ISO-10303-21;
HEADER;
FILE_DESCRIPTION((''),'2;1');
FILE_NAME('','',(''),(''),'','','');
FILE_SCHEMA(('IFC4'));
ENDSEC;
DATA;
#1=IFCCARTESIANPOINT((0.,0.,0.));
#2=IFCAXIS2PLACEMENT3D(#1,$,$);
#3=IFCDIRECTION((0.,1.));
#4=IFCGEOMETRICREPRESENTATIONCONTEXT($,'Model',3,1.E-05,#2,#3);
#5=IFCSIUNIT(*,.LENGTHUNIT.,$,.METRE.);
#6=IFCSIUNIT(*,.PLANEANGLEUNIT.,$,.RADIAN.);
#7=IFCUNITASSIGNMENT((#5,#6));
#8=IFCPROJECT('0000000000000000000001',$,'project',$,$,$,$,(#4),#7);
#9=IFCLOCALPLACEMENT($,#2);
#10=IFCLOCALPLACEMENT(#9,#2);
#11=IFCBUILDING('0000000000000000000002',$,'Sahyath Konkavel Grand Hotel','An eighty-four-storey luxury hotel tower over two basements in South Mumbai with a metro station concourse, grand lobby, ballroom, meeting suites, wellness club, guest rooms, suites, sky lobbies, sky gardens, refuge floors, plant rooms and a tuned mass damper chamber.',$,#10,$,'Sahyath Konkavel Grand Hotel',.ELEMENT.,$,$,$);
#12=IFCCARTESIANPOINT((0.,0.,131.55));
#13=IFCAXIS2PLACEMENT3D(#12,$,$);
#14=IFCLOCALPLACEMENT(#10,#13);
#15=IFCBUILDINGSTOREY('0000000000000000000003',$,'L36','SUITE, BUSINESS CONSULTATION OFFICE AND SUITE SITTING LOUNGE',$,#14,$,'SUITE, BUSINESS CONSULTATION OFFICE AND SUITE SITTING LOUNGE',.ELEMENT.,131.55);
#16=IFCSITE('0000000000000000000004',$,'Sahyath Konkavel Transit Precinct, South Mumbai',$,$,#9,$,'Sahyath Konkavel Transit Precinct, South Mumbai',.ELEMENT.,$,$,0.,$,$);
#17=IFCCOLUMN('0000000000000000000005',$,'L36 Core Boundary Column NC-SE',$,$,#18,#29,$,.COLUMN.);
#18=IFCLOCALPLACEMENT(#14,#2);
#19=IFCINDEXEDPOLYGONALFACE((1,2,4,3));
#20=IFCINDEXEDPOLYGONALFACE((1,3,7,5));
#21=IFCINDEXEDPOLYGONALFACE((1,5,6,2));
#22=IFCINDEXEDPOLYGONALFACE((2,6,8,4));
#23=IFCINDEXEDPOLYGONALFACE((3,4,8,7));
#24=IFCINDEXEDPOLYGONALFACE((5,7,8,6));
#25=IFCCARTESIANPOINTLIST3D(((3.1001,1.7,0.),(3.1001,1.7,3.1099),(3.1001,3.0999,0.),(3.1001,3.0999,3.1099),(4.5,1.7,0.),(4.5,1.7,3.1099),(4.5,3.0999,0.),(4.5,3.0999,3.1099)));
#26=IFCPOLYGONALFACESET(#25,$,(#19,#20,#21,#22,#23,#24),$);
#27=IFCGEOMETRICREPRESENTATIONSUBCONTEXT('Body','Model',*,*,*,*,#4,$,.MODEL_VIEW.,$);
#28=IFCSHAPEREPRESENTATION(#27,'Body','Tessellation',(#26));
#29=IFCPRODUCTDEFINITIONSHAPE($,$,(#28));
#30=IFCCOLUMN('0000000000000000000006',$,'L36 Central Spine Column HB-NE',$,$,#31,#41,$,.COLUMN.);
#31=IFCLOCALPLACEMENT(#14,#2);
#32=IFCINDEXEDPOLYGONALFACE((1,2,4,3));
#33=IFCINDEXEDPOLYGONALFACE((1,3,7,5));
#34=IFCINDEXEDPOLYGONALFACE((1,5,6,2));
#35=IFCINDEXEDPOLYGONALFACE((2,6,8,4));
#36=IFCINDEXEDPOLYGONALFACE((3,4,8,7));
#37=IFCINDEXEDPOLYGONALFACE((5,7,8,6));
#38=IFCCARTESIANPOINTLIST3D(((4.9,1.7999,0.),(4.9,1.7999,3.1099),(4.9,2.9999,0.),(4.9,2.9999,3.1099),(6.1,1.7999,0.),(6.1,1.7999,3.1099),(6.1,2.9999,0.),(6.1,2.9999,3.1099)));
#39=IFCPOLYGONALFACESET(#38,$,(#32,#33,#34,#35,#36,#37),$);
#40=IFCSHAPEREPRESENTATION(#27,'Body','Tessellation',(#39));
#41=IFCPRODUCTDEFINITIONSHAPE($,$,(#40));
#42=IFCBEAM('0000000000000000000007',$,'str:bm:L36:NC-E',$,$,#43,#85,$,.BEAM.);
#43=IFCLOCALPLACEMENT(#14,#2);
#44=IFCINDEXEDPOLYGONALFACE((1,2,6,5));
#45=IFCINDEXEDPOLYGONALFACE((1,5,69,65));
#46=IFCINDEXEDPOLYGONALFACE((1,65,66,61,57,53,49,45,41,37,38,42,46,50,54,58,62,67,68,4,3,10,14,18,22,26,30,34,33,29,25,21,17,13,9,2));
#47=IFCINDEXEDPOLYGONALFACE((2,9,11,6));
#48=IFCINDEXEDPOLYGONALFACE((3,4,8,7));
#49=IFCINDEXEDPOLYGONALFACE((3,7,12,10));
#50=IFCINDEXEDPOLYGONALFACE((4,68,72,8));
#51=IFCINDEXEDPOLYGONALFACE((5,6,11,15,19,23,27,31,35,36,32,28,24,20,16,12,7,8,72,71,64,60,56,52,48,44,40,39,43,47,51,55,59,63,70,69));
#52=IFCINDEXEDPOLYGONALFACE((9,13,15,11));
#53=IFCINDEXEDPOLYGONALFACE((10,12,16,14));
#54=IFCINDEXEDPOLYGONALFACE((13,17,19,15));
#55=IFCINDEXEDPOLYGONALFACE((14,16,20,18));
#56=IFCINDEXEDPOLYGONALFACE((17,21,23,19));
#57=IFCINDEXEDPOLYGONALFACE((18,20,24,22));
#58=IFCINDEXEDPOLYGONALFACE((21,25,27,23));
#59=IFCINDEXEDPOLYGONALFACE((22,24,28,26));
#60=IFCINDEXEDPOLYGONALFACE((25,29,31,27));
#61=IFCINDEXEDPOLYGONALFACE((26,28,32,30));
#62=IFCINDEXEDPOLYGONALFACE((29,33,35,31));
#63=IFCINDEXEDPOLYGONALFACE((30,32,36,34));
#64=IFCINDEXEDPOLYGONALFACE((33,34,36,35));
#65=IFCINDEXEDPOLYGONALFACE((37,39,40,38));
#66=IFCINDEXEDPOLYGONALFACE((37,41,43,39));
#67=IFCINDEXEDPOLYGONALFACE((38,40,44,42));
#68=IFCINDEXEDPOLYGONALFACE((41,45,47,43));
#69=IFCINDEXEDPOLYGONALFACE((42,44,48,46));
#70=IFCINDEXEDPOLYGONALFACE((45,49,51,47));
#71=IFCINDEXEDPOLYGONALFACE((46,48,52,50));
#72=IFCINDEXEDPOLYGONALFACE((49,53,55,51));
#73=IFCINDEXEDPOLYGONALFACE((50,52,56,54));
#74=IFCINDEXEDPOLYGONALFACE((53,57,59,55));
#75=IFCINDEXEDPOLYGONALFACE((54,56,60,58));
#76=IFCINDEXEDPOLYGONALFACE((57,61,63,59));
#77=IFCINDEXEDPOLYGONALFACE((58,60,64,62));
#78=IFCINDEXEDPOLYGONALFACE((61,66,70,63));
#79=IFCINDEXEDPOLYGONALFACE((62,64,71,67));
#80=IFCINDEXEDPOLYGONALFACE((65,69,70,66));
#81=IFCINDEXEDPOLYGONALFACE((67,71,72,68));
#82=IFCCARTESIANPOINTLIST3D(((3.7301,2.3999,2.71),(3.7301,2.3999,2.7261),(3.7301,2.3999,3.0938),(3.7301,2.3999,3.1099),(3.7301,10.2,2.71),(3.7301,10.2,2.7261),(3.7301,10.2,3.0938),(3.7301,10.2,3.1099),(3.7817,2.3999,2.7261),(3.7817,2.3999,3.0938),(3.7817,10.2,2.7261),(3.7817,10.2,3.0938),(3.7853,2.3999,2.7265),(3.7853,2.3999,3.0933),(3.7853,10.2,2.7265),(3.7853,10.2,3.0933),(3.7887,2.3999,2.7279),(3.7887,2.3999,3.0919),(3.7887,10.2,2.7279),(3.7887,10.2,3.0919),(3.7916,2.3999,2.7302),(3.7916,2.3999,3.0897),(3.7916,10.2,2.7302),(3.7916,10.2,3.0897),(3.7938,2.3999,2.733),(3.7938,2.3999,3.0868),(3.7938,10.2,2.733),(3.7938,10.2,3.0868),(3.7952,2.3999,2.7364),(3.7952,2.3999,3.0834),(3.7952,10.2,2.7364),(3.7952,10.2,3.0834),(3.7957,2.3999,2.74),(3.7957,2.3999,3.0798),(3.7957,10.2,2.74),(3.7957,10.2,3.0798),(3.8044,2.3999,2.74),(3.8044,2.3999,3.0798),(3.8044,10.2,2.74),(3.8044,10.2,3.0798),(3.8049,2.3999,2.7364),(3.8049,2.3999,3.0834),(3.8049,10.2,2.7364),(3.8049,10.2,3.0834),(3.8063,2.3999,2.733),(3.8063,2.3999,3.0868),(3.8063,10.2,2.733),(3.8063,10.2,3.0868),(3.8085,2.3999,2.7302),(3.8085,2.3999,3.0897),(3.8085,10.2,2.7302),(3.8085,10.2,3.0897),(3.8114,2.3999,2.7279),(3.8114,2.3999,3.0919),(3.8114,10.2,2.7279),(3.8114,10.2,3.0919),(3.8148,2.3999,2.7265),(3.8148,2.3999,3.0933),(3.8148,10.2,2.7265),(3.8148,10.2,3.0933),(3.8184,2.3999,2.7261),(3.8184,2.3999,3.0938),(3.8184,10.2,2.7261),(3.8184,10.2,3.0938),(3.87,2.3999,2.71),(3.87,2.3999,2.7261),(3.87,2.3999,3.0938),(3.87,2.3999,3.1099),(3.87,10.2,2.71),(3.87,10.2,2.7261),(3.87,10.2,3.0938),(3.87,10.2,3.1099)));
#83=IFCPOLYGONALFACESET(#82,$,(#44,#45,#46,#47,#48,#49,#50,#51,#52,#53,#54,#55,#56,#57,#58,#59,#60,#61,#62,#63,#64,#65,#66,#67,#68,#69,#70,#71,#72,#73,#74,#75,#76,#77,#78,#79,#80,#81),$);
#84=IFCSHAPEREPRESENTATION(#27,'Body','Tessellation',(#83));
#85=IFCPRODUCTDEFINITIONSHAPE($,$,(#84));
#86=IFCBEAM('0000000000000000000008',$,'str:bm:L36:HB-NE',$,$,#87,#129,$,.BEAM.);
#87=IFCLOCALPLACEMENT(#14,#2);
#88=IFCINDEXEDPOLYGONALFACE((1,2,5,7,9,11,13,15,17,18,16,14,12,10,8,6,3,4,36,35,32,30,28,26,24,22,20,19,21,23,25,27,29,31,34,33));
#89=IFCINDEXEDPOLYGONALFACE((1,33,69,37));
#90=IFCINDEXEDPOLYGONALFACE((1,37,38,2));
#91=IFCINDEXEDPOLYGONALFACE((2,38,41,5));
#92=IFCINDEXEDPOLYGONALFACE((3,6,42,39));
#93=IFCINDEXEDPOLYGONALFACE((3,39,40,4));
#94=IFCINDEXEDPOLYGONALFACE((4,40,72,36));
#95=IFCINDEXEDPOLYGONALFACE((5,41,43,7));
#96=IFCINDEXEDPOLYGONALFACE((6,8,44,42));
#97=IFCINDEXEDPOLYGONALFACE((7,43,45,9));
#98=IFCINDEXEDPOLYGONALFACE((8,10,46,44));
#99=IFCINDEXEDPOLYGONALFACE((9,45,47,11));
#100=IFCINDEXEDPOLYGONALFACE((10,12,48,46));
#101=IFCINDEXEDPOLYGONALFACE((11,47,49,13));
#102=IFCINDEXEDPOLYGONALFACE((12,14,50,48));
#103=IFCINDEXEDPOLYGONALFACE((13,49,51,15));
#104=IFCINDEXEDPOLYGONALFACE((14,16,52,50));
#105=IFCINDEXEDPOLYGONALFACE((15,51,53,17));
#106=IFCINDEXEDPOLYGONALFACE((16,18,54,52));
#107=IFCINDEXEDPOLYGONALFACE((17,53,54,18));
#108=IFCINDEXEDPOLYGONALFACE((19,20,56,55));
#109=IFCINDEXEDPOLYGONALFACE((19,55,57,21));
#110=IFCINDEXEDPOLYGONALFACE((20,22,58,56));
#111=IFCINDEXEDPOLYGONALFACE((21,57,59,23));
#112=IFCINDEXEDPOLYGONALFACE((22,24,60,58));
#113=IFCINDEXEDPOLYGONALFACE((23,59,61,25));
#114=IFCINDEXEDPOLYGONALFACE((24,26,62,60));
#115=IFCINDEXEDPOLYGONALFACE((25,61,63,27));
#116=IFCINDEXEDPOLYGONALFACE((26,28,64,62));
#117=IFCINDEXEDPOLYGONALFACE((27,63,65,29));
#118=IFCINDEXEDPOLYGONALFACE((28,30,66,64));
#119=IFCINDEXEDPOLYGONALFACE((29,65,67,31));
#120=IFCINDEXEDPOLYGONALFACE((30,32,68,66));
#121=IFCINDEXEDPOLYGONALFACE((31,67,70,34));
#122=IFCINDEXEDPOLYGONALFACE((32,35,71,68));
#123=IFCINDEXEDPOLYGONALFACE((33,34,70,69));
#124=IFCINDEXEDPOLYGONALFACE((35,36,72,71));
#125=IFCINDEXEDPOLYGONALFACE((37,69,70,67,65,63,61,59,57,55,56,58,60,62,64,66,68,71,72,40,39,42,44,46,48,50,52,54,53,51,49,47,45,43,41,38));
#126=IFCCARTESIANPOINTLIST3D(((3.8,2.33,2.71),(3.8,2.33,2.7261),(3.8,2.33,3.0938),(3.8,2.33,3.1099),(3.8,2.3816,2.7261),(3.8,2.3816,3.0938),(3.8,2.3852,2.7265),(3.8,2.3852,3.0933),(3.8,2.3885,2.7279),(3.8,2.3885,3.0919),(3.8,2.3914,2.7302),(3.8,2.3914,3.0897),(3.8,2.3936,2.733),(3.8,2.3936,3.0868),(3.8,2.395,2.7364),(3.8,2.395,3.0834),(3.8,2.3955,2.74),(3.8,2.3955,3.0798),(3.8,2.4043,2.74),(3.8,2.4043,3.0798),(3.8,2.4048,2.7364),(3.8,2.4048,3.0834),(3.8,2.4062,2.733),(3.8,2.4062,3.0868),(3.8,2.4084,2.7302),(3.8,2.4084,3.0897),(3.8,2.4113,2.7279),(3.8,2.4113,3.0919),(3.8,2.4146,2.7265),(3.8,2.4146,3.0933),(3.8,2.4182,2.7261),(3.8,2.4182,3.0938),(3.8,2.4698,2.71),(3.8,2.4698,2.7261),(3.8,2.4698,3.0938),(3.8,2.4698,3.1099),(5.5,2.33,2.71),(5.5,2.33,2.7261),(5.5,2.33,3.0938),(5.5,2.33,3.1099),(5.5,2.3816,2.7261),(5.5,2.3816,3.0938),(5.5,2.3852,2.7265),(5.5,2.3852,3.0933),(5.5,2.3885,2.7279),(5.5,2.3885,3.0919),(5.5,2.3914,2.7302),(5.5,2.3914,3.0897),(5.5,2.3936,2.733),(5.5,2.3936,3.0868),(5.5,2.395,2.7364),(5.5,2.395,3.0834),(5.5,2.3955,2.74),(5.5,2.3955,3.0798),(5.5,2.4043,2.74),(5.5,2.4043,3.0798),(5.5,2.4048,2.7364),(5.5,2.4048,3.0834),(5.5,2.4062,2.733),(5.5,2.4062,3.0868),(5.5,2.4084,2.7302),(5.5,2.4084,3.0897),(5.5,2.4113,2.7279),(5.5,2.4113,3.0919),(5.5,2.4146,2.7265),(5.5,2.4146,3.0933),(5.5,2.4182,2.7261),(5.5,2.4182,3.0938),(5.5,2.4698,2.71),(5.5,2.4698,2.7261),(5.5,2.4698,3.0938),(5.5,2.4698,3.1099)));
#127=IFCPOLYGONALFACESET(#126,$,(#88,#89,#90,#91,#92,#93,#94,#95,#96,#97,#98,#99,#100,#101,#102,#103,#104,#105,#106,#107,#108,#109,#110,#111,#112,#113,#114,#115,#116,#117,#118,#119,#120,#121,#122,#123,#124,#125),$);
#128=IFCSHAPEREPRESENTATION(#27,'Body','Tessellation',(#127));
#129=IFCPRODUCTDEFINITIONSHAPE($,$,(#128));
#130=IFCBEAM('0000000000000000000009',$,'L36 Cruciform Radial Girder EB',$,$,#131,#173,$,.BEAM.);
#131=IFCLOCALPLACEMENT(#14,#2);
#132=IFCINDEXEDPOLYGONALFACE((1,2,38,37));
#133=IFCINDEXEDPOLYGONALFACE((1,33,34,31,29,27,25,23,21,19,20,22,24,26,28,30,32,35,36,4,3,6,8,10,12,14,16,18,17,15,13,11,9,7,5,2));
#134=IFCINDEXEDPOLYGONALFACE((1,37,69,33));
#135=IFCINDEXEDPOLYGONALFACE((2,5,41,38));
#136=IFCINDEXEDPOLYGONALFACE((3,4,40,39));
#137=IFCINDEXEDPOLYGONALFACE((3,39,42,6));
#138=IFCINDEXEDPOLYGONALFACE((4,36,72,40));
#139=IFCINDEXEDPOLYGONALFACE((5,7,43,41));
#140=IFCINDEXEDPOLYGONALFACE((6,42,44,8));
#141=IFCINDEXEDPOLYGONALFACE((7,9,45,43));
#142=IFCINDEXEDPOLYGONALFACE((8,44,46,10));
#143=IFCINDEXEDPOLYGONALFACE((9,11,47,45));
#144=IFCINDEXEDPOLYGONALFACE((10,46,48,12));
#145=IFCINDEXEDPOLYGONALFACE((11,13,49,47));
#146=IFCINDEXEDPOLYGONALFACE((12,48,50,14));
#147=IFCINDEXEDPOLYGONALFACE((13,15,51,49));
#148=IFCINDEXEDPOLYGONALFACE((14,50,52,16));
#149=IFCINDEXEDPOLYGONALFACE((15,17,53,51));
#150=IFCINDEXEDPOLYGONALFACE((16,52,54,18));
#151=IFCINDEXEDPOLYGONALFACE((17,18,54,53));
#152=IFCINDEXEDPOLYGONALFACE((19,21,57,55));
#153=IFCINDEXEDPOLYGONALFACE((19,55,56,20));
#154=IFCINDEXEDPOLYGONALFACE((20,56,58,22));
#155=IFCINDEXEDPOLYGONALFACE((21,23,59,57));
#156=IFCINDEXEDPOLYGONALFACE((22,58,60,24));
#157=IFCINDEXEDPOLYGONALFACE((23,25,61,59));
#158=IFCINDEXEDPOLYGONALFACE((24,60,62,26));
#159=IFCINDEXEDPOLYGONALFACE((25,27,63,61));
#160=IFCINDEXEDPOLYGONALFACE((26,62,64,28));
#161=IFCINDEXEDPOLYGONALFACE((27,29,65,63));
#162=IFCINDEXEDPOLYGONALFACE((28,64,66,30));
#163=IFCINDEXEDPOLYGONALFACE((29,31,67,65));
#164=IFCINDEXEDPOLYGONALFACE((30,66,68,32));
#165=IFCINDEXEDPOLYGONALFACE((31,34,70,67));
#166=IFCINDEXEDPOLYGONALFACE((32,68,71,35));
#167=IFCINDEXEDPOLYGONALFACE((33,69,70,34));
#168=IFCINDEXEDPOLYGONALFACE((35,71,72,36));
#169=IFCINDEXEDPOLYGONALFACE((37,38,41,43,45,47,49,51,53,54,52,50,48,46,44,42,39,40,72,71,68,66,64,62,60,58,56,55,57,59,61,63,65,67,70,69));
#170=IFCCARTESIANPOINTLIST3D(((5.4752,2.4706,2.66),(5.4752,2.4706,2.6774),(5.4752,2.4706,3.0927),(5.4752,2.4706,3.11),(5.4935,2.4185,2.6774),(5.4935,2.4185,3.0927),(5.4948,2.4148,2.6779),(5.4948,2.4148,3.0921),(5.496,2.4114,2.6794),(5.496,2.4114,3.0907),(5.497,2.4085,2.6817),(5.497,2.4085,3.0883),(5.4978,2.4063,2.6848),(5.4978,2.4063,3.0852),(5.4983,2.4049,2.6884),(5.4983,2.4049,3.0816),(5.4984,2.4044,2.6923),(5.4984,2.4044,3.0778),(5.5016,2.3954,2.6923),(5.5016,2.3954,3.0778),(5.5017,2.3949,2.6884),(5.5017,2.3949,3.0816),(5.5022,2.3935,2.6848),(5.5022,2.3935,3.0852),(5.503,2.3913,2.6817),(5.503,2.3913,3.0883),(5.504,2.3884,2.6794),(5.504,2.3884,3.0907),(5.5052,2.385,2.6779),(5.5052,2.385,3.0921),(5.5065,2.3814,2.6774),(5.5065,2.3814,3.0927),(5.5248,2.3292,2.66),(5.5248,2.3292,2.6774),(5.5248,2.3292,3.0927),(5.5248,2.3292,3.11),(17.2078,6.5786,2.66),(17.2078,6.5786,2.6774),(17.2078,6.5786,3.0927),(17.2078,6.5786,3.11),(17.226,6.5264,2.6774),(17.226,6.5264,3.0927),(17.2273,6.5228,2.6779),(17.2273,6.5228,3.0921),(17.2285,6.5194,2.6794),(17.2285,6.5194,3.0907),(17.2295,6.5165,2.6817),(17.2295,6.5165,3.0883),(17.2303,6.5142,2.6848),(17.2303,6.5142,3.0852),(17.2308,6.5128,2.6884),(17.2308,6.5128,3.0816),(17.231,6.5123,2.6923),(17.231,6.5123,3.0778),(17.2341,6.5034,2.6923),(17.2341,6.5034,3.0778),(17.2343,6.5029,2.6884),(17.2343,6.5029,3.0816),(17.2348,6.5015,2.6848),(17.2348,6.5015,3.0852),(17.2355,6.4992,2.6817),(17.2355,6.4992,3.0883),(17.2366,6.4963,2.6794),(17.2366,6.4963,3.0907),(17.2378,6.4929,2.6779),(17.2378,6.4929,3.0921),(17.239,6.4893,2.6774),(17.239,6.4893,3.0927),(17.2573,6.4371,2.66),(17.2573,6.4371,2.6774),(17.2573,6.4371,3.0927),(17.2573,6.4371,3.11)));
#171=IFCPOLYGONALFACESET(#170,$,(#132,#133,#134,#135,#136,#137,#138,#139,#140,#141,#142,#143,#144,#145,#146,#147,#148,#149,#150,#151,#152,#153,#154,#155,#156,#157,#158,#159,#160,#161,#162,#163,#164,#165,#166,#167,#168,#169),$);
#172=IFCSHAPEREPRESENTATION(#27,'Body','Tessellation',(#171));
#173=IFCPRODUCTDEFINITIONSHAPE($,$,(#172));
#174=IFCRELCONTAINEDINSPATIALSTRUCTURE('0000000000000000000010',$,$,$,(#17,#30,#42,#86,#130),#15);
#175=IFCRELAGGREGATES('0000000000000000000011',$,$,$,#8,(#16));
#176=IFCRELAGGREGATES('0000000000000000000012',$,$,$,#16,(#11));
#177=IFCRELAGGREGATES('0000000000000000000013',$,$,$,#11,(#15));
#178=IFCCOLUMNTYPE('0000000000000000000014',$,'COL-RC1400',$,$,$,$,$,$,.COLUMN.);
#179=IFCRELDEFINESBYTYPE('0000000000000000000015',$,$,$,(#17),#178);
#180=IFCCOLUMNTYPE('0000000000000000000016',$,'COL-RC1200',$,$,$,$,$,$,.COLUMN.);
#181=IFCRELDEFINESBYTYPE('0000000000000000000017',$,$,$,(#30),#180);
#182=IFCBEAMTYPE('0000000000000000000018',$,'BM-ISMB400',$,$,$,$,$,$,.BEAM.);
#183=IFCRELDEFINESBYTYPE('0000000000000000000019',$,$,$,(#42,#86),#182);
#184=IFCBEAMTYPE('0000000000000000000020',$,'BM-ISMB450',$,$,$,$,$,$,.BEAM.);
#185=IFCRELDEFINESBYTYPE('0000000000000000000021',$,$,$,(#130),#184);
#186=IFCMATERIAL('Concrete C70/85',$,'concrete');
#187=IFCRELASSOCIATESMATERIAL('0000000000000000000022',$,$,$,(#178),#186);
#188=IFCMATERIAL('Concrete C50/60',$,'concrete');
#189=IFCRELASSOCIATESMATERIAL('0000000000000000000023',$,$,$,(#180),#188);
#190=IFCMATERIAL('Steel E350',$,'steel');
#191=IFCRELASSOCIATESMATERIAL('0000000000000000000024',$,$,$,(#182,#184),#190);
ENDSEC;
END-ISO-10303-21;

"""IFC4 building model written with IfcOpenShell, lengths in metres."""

from ifc_helpers import new_model, si_unit, direction, frame, origin, origin_2d, place, context, subcontext, project, spatial, rectangle, i_section, extrude, source, transform, mapped, material, material_profile, profile_set, type_object, element, save


model = new_model("IFC4")

# Units and contexts
model_context = context("Model", 3, precision=1e-05, world=origin(), true_north=direction((0.0, 1.0)))
body_context = subcontext(model_context, "Body", "Model", "MODEL_VIEW")
ifc_project = project(units=[si_unit("LENGTHUNIT", "METRE"), si_unit("PLANEANGLEUNIT", "RADIAN")], contexts=[model_context])

# Site, building, storey
site_placement = place(None, origin())
site = spatial("IfcSite", under=ifc_project, at=site_placement, Name="Sahyath Konkavel Transit Precinct, South Mumbai", LongName="Sahyath Konkavel Transit Precinct, South Mumbai", CompositionType="ELEMENT", RefElevation=0.0)
building_placement = place(site_placement, origin())
building = spatial("IfcBuilding", under=site, at=building_placement, Name="Sahyath Konkavel Grand Hotel", Description="An eighty-four-storey luxury hotel tower over two basements in South Mumbai with a metro station concourse, grand lobby, ballroom, meeting suites, wellness club, guest rooms, suites, sky lobbies, sky gardens, refuge floors, plant rooms and a tuned mass damper chamber.", LongName="Sahyath Konkavel Grand Hotel", CompositionType="ELEMENT")
storey_placement = place(building_placement, frame((0.0, 0.0, 131.55)))
storey = spatial("IfcBuildingStorey", under=building, at=storey_placement, Name="L36", Description="SUITE, BUSINESS CONSULTATION OFFICE AND SUITE SITTING LOUNGE", LongName="SUITE, BUSINESS CONSULTATION OFFICE AND SUITE SITTING LOUNGE", CompositionType="ELEMENT", Elevation=131.55)

# Columns
ifc_material_1 = material(Name="Concrete C70/85", Category="concrete")
ifc_material_profile_1 = material_profile(ifc_material_1, rectangle(XDim=1.3999, YDim=1.3999, at=origin_2d()), Name="RC 1400x1400")
ifc_profile_set_1 = profile_set([ifc_material_profile_1], Name="Concrete C70/85")
column_type_1 = type_object("IfcColumnType", Name="COL-RC1400", PredefinedType="COLUMN", material=ifc_profile_set_1)
shared_shape_1 = source(origin(), body_context, "Body", "SweptSolid", [
    extrude(rectangle(XDim=1.3999, YDim=1.3999, at=origin_2d()), origin(), (0.0, 0.0, 1.0), 3.1099),
])
column_1_placement = place(storey_placement, frame((3.8, 2.3999, 0.0), z_axis=(0.0, 0.0, 1.0), x_axis=(1.0, 0.0, 0.0)))
element("IfcColumn", 1, at=column_1_placement, inside=storey, type_object=column_type_1, Name="L36 Core Boundary Column NC-SE", PredefinedType="COLUMN", context=body_context, shape_type="MappedRepresentation", body=[
    mapped(shared_shape_1, transform((0.0, 0.0, 0.0), scale=1.0)),
])
ifc_material_2 = material(Name="Concrete C50/60", Category="concrete")
ifc_material_profile_2 = material_profile(ifc_material_2, rectangle(XDim=1.2, YDim=1.2, at=origin_2d()), Name="RC 1200x1200")
ifc_profile_set_2 = profile_set([ifc_material_profile_2], Name="Concrete C50/60")
column_type_2 = type_object("IfcColumnType", Name="COL-RC1200", PredefinedType="COLUMN", material=ifc_profile_set_2)
shared_shape_2 = source(origin(), body_context, "Body", "SweptSolid", [
    extrude(rectangle(XDim=1.2, YDim=1.2, at=origin_2d()), origin(), (0.0, 0.0, 1.0), 3.1099),
])
column_2_placement = place(storey_placement, frame((5.5, 2.3999, 0.0), z_axis=(0.0, 0.0, 1.0), x_axis=(1.0, 0.0, 0.0)))
element("IfcColumn", 2, at=column_2_placement, inside=storey, type_object=column_type_2, Name="L36 Central Spine Column HB-NE", PredefinedType="COLUMN", context=body_context, shape_type="MappedRepresentation", body=[
    mapped(shared_shape_2, transform((0.0, 0.0, 0.0), scale=1.0)),
])

# Beams
ifc_material_3 = material(Name="Steel E350", Category="steel")
ifc_material_profile_3 = material_profile(ifc_material_3, i_section(OverallWidth=0.1399, OverallDepth=0.3999, WebThickness=0.0088, FlangeThickness=0.0161, FilletRadius=0.0139, at=origin_2d()), Name="ISMB 400")
ifc_profile_set_3 = profile_set([ifc_material_profile_3], Name="Steel E350")
beam_type_1 = type_object("IfcBeamType", Name="BM-ISMB400", PredefinedType="BEAM", material=ifc_profile_set_3)
shared_shape_3 = source(origin(), body_context, "Body", "SweptSolid", [
    extrude(i_section(OverallWidth=0.1399, OverallDepth=0.3999, WebThickness=0.0088, FlangeThickness=0.0161, FilletRadius=0.0139, at=origin_2d()), origin(), (0.0, 0.0, 1.0), 7.8),
])
beam_1_placement = place(storey_placement, frame((3.8, 2.3999, 2.9099), z_axis=(0.0, 1.0, 0.0), x_axis=(-1.0, 0.0, 0.0)))
element("IfcBeam", 3, at=beam_1_placement, inside=storey, type_object=beam_type_1, Name="str:bm:L36:NC-E", PredefinedType="BEAM", context=body_context, shape_type="MappedRepresentation", body=[
    mapped(shared_shape_3, transform((0.0, 0.0, 0.0), scale=1.0)),
])
shared_shape_4 = source(origin(), body_context, "Body", "SweptSolid", [
    extrude(i_section(OverallWidth=0.1399, OverallDepth=0.3999, WebThickness=0.0088, FlangeThickness=0.0161, FilletRadius=0.0139, at=origin_2d()), origin(), (0.0, 0.0, 1.0), 1.7),
])
beam_2_placement = place(storey_placement, frame((3.8, 2.3999, 2.9099), z_axis=(1.0, 0.0, 0.0), x_axis=(0.0, 1.0, 0.0)))
element("IfcBeam", 4, at=beam_2_placement, inside=storey, type_object=beam_type_1, Name="str:bm:L36:HB-NE", PredefinedType="BEAM", context=body_context, shape_type="MappedRepresentation", body=[
    mapped(shared_shape_4, transform((0.0, 0.0, 0.0), scale=1.0)),
])
ifc_material_profile_4 = material_profile(ifc_material_3, i_section(OverallWidth=0.1499, OverallDepth=0.45, WebThickness=0.0095, FlangeThickness=0.0173, FilletRadius=0.0149, at=origin_2d()), Name="ISMB 450")
ifc_profile_set_4 = profile_set([ifc_material_profile_4], Name="Steel E350")
beam_type_2 = type_object("IfcBeamType", Name="BM-ISMB450", PredefinedType="BEAM", material=ifc_profile_set_4)
shared_shape_5 = source(origin(), body_context, "Body", "SweptSolid", [
    extrude(i_section(OverallWidth=0.1499, OverallDepth=0.45, WebThickness=0.0095, FlangeThickness=0.0173, FilletRadius=0.0149, at=origin_2d()), origin(), (0.0, 0.0, 1.0), 12.4309),
])
beam_3_placement = place(storey_placement, frame((5.5, 2.3999, 2.885), z_axis=(0.943819, 0.330462, 0.0), x_axis=(-0.330462, 0.943819, 0.0)))
element("IfcBeam", 5, at=beam_3_placement, inside=storey, type_object=beam_type_2, Name="L36 Cruciform Radial Girder EB", PredefinedType="BEAM", context=body_context, shape_type="MappedRepresentation", body=[
    mapped(shared_shape_5, transform((0.0, 0.0, 0.0), scale=1.0)),
])

save(model, "model.ifc")
